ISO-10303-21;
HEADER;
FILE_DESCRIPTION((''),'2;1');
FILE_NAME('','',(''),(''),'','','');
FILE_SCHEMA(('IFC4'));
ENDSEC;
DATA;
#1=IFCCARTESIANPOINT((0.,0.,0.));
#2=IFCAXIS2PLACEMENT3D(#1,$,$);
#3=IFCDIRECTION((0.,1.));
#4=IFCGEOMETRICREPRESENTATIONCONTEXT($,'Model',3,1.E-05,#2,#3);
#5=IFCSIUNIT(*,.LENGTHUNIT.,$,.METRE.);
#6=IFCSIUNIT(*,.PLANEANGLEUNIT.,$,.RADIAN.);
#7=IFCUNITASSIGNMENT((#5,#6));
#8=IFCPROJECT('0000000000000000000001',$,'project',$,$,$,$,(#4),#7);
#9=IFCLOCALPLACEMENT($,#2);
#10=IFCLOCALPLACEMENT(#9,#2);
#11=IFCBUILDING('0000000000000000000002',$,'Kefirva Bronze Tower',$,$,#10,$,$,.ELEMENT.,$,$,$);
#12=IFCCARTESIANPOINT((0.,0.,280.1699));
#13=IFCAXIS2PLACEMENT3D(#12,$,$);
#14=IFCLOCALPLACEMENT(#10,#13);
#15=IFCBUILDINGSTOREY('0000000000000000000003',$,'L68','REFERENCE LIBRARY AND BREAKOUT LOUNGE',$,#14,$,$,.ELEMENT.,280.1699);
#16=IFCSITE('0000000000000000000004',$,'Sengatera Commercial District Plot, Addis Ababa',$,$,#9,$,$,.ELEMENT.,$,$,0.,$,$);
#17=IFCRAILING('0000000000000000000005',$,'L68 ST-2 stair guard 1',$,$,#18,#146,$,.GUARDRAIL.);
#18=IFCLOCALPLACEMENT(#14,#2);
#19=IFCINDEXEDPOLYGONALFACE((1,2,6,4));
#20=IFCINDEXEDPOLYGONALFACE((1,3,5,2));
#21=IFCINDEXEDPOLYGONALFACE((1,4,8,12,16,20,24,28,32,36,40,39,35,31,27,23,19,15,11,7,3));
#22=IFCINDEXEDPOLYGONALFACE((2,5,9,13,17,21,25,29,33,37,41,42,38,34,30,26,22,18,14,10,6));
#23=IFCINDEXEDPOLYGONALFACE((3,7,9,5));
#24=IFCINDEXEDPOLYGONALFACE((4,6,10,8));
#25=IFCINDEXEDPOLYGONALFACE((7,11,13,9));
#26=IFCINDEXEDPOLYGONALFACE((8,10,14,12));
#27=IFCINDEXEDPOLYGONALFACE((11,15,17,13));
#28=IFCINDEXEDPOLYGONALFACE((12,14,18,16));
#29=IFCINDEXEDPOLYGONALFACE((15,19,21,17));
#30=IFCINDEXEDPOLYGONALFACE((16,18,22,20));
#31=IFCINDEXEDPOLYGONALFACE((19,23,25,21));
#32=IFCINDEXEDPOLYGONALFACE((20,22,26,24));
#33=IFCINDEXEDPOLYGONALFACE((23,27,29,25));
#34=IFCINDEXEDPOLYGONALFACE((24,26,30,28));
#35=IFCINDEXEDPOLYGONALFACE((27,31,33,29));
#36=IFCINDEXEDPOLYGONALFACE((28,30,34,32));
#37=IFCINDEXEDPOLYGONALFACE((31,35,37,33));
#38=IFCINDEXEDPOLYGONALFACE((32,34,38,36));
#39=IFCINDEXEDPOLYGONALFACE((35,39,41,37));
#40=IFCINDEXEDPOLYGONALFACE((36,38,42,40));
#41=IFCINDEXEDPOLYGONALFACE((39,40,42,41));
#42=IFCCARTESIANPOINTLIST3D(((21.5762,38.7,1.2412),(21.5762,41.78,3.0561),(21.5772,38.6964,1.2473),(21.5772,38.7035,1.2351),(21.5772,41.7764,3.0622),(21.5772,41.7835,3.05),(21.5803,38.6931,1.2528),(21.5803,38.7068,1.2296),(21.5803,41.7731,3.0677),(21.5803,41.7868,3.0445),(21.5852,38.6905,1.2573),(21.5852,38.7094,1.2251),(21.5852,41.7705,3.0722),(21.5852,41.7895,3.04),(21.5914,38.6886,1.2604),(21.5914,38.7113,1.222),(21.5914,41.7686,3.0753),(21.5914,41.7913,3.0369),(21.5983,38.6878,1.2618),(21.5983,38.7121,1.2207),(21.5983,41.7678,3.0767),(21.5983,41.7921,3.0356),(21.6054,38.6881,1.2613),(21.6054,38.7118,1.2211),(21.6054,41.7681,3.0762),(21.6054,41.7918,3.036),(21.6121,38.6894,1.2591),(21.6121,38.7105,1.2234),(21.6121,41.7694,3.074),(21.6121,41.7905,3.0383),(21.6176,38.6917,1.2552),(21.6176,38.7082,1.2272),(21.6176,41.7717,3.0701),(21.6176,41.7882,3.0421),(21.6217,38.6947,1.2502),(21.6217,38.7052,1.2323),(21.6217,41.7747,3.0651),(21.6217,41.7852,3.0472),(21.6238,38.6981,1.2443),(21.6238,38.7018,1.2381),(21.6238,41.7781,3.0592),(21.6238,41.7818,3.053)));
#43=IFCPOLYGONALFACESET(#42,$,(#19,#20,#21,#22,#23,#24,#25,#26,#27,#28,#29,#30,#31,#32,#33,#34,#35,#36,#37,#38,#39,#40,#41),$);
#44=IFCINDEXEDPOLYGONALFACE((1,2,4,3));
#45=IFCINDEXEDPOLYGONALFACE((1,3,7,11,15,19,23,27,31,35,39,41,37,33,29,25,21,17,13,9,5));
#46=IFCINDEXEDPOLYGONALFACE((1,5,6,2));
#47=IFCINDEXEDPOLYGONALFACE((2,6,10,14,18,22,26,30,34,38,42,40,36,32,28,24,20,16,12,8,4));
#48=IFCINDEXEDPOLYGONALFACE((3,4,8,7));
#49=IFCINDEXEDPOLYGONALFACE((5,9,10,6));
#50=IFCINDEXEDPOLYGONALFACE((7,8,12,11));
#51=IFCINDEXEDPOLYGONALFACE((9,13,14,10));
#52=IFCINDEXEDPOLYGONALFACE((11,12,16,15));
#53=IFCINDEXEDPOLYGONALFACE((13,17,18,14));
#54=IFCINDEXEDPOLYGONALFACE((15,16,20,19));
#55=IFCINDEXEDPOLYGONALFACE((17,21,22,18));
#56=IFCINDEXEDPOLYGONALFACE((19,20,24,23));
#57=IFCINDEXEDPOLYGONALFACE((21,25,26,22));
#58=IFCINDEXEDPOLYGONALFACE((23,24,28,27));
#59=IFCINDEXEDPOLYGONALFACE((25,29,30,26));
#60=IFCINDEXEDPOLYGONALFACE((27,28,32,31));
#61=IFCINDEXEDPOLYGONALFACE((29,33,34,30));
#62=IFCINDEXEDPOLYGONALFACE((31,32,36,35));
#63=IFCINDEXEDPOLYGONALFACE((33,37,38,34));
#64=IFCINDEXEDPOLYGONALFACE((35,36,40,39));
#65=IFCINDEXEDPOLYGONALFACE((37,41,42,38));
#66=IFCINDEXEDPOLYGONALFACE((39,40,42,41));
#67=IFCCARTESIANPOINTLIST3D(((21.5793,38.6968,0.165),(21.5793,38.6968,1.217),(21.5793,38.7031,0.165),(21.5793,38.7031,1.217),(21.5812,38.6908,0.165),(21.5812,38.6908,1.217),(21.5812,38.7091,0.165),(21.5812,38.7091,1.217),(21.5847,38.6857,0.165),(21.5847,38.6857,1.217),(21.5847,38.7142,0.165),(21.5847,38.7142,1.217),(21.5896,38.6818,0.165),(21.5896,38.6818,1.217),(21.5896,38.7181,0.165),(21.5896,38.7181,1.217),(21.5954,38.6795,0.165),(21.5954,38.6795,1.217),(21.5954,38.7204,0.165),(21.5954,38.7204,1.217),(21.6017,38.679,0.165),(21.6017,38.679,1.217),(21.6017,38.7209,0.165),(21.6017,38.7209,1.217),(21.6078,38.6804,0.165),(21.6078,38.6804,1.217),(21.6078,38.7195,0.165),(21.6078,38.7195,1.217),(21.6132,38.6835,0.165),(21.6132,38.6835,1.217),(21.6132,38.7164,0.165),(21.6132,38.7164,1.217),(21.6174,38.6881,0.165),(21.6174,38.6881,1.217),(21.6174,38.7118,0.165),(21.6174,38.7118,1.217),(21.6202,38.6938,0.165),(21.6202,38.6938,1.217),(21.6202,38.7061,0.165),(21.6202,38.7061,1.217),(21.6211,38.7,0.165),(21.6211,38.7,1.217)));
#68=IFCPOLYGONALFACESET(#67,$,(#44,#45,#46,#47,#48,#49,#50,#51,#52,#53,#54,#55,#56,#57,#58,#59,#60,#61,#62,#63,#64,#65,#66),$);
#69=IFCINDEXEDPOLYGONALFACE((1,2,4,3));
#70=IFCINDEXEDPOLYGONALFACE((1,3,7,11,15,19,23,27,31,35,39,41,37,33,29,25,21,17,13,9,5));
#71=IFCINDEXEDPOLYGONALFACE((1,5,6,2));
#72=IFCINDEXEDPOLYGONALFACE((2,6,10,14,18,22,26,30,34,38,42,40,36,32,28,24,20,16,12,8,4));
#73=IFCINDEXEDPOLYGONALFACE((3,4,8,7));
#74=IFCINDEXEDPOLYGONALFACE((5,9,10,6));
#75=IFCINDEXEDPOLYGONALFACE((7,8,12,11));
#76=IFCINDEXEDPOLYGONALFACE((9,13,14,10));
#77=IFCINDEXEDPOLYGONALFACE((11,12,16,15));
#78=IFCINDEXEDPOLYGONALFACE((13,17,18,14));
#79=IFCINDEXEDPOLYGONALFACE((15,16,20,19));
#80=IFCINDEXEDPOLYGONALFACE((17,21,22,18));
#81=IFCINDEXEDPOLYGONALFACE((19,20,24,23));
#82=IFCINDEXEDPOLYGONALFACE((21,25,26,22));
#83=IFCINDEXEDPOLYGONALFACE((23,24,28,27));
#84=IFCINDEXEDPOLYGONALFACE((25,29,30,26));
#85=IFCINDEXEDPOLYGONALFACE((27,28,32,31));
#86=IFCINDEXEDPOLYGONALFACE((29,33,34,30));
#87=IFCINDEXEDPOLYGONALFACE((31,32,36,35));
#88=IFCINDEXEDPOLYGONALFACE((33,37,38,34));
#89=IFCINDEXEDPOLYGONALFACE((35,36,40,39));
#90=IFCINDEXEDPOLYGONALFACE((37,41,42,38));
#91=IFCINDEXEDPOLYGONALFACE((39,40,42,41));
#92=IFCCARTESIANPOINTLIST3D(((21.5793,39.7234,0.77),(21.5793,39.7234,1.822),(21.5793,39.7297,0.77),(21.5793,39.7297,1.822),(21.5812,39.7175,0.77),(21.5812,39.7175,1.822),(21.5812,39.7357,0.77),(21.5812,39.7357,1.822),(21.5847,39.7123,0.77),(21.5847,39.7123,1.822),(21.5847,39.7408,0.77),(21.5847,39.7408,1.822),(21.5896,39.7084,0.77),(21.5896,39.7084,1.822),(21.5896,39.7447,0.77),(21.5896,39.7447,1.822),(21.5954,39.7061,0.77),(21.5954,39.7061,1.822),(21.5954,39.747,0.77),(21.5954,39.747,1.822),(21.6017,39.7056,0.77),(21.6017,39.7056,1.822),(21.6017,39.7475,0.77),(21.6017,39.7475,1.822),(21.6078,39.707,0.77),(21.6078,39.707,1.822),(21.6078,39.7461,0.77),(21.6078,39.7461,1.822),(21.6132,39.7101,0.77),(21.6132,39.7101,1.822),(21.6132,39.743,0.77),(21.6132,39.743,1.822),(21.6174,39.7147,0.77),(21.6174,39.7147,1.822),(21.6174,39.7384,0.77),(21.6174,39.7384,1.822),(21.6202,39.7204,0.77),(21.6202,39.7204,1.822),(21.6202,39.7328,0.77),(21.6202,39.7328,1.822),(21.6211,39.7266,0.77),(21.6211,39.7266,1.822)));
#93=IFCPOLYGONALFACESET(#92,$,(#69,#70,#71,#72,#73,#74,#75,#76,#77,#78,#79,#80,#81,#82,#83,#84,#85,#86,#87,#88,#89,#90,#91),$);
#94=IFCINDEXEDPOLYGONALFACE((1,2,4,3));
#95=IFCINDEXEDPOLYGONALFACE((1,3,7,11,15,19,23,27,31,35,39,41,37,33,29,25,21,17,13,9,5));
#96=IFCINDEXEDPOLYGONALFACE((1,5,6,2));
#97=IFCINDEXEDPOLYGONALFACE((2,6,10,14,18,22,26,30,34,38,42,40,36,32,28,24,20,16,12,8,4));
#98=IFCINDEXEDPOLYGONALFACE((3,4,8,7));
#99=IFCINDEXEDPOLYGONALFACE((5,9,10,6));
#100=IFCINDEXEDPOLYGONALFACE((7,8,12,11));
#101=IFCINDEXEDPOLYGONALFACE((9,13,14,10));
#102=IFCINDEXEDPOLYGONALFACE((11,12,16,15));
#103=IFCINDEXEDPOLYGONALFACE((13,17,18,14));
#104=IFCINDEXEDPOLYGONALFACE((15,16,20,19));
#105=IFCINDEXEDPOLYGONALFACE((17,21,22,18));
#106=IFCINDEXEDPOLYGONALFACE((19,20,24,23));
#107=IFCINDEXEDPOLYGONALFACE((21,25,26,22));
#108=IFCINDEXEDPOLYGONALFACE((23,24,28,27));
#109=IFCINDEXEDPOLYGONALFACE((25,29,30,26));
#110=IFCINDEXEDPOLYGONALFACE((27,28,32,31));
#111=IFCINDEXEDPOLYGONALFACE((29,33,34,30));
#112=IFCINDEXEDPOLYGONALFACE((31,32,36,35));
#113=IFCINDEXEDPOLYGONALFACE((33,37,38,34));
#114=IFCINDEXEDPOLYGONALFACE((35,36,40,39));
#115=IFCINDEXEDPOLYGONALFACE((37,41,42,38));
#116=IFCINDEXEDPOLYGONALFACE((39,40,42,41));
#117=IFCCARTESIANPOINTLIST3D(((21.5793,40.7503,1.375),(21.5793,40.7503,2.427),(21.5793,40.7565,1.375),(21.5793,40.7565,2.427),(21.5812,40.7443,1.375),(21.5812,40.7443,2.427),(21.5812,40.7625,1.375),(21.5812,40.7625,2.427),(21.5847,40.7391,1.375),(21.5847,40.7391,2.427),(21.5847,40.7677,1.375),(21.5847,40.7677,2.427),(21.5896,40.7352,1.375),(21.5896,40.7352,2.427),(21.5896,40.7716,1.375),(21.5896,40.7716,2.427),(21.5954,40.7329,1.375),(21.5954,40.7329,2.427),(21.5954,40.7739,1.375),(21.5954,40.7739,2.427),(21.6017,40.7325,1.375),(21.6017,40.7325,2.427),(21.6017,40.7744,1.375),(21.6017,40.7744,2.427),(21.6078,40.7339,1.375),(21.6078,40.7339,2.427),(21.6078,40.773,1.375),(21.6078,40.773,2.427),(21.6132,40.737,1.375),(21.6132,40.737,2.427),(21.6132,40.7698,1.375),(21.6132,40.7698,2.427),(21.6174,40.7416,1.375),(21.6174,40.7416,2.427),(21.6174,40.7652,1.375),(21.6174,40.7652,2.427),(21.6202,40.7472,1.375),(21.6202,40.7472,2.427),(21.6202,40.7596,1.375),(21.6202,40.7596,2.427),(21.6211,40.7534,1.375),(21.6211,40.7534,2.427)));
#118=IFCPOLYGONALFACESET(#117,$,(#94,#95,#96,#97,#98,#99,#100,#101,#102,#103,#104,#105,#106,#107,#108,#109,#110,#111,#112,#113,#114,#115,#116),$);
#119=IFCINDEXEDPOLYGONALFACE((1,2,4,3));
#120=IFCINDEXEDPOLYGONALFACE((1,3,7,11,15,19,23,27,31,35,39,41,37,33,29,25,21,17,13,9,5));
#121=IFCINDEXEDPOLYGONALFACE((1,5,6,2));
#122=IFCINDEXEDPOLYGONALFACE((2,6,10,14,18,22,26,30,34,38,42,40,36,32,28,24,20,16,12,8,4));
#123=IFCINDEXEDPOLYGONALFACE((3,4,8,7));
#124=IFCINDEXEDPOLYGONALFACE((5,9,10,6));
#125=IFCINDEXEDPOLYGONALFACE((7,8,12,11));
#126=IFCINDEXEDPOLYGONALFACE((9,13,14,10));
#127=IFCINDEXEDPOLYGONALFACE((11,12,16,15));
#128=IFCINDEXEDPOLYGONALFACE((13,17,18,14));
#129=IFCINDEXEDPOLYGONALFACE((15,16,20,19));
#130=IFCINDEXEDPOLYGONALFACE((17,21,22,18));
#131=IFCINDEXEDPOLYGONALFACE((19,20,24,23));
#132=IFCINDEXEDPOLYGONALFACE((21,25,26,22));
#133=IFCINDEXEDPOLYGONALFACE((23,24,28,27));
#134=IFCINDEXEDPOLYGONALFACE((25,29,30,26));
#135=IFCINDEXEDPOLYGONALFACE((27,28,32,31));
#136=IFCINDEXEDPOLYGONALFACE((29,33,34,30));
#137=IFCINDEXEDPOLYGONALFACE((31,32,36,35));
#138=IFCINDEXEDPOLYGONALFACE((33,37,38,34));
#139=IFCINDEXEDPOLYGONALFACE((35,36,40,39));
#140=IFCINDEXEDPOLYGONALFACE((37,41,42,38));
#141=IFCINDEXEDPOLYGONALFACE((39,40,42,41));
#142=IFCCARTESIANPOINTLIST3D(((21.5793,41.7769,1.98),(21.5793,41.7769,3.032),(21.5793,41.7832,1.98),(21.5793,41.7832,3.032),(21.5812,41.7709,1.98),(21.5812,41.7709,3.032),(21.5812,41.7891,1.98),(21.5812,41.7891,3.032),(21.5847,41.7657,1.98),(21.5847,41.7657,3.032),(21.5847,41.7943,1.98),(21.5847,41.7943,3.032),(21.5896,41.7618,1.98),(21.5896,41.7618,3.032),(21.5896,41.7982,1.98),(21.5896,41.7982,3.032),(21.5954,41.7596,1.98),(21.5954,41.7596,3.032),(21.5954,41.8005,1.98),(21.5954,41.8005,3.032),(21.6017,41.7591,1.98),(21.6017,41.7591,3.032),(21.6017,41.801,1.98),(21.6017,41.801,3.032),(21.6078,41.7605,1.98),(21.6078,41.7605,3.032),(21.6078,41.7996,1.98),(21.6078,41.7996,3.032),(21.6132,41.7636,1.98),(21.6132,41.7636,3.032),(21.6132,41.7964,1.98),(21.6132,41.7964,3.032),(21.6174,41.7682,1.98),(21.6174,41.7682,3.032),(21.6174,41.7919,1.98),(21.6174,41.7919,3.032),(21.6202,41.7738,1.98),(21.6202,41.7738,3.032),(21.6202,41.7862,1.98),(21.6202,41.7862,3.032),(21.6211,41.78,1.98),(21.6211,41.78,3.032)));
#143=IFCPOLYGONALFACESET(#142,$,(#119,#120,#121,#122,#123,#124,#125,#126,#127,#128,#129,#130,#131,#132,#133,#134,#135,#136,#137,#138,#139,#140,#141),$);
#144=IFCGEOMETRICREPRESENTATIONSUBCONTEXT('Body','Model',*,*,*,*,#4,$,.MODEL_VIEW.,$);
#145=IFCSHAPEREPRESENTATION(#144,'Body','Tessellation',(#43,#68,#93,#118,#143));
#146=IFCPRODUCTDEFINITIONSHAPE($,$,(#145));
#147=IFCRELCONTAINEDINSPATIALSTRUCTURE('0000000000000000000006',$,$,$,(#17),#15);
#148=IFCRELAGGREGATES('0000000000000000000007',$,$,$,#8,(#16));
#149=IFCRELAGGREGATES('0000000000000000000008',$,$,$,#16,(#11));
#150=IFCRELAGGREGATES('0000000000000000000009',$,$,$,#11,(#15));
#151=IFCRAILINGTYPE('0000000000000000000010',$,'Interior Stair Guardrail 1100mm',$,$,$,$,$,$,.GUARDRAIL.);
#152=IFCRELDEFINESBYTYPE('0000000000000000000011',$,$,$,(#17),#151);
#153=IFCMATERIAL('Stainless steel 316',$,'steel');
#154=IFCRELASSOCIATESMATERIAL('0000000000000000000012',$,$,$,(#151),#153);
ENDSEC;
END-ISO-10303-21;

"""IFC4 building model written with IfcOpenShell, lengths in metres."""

from ifc_helpers import new_model, si_unit, direction, frame, origin, origin_2d, place, context, subcontext, project, spatial, circle, extrude, material, type_object, element, save


model = new_model("IFC4")

# Units and contexts
model_context = context("Model", 3, precision=1e-05, world=origin(), true_north=direction((0.0, 1.0)))
body_context = subcontext(model_context, "Body", "Model", "MODEL_VIEW")
ifc_project = project(units=[si_unit("LENGTHUNIT", "METRE"), si_unit("PLANEANGLEUNIT", "RADIAN")], contexts=[model_context])

# Site, building, storey
site_placement = place(None, origin())
site = spatial("IfcSite", under=ifc_project, at=site_placement, Name="Sengatera Commercial District Plot, Addis Ababa", CompositionType="ELEMENT", RefElevation=0.0)
building_placement = place(site_placement, origin())
building = spatial("IfcBuilding", under=site, at=building_placement, Name="Kefirva Bronze Tower", CompositionType="ELEMENT")
storey_placement = place(building_placement, frame((0.0, 0.0, 280.1699)))
storey = spatial("IfcBuildingStorey", under=building, at=storey_placement, Name="L68", Description="REFERENCE LIBRARY AND BREAKOUT LOUNGE", CompositionType="ELEMENT", Elevation=280.1699)

# Railing
ifc_material_1 = material(Name="Stainless steel 316", Category="steel")
railing_type_1 = type_object("IfcRailingType", Name="Interior Stair Guardrail 1100mm", PredefinedType="GUARDRAIL", material=ifc_material_1)
railing_1_placement = place(storey_placement, frame((21.6001, 38.7, 0.165)))
element("IfcRailing", 1, at=railing_1_placement, inside=storey, type_object=railing_type_1, Name="L68 ST-2 stair guard 1", PredefinedType="GUARDRAIL", context=body_context, shape_type="SweptSolid", body=[
    extrude(circle(Radius=0.0239, at=origin_2d()), frame((0.0, 0.0, 1.0762), z_axis=(0.0, 0.861551, 0.507671), x_axis=(-1.0, 0.0, 0.0)), (0.0, 0.0, 1.0), 3.575),
    extrude(circle(Radius=0.021, at=origin_2d()), origin(), (0.0, 0.0, 1.0), 1.052),
    extrude(circle(Radius=0.021, at=origin_2d()), frame((0.0, 1.0266, 0.605)), (0.0, 0.0, 1.0), 1.052),
    extrude(circle(Radius=0.021, at=origin_2d()), frame((0.0, 2.0535, 1.21)), (0.0, 0.0, 1.0), 1.052),
    extrude(circle(Radius=0.021, at=origin_2d()), frame((0.0, 3.0801, 1.8149)), (0.0, 0.0, 1.0), 1.052),
])

save(model, "model.ifc")
